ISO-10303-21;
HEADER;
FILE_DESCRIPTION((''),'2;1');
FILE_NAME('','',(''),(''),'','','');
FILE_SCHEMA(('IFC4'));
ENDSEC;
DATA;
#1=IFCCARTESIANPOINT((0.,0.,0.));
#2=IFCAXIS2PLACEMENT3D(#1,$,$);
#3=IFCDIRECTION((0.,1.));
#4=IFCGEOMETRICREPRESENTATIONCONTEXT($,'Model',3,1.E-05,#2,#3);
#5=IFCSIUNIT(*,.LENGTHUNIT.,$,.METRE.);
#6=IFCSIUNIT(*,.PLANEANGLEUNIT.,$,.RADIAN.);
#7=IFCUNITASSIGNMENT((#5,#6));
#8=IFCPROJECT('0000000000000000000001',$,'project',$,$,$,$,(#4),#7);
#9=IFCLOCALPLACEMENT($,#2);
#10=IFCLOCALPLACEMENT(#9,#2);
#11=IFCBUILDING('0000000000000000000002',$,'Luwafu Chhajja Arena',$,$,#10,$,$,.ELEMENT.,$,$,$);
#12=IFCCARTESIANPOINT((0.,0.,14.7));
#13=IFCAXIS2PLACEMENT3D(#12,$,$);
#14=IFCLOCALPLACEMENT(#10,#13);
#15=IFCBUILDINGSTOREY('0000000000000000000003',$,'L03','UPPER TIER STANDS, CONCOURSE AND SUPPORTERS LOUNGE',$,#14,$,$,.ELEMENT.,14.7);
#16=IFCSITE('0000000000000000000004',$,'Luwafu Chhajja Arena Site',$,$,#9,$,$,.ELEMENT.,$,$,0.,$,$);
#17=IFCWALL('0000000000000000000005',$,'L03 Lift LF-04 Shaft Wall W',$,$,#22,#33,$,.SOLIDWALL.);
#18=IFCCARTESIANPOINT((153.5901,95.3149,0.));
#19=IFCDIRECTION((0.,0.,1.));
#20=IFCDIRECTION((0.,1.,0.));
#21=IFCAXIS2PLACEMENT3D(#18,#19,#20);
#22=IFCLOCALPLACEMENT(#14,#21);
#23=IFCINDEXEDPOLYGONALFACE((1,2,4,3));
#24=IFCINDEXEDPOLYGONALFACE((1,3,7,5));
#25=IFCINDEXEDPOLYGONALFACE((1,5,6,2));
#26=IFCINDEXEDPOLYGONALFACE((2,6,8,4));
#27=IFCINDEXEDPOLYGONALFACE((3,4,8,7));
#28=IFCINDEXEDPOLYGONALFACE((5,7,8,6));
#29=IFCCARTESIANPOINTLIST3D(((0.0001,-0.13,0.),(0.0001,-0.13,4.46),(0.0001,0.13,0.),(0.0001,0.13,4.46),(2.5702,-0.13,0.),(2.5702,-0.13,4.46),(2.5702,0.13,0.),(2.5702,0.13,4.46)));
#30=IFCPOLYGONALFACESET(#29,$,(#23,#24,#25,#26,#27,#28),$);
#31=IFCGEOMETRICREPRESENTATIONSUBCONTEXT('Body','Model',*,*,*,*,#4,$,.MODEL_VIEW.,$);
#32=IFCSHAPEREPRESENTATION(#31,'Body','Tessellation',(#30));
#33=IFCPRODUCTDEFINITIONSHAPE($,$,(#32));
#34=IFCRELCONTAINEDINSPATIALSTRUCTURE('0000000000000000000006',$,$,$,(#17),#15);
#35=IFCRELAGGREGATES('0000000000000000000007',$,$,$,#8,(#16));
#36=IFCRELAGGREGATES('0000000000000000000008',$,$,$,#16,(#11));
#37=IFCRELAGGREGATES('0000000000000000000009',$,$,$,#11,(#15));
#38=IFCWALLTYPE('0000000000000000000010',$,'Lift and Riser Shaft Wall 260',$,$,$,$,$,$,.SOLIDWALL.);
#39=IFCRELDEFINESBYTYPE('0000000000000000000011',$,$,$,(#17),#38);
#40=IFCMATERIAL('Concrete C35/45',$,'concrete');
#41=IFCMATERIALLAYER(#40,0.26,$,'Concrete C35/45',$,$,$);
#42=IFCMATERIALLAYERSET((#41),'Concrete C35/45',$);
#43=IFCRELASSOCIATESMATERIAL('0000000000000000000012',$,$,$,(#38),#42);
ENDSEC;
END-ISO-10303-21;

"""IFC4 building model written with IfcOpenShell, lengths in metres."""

from ifc_helpers import new_model, si_unit, direction, frame, frame_2d, origin, place, context, subcontext, project, spatial, rectangle, extrude, material, layer, layer_set, type_object, element, save


model = new_model("IFC4")

# Units and contexts
model_context = context("Model", 3, precision=1e-05, world=origin(), true_north=direction((0.0, 1.0)))
body_context = subcontext(model_context, "Body", "Model", "MODEL_VIEW")
ifc_project = project(units=[si_unit("LENGTHUNIT", "METRE"), si_unit("PLANEANGLEUNIT", "RADIAN")], contexts=[model_context])

# Site, building, storey
site_placement = place(None, origin())
site = spatial("IfcSite", under=ifc_project, at=site_placement, Name="Luwafu Chhajja Arena Site", CompositionType="ELEMENT", RefElevation=0.0)
building_placement = place(site_placement, origin())
building = spatial("IfcBuilding", under=site, at=building_placement, Name="Luwafu Chhajja Arena", CompositionType="ELEMENT")
storey_placement = place(building_placement, frame((0.0, 0.0, 14.7)))
storey = spatial("IfcBuildingStorey", under=building, at=storey_placement, Name="L03", Description="UPPER TIER STANDS, CONCOURSE AND SUPPORTERS LOUNGE", CompositionType="ELEMENT", Elevation=14.7)

# Shared definitions
ifc_material_1 = material(Name="Concrete C35/45", Category="concrete")

# Shared definitions
ifc_layer_1 = layer(ifc_material_1, 0.26, Name="Concrete C35/45")
ifc_layer_set_1 = layer_set([ifc_layer_1], Name="Concrete C35/45")
wall_type_1 = type_object("IfcWallType", Name="Lift and Riser Shaft Wall 260", PredefinedType="SOLIDWALL", material=ifc_layer_set_1)

# Wall
wall_1_placement = place(storey_placement, frame((153.5901, 95.3149, 0.0), z_axis=(0.0, 0.0, 1.0), x_axis=(0.0, 1.0, 0.0)))
element("IfcWall", 1, at=wall_1_placement, inside=storey, type_object=wall_type_1, Name="L03 Lift LF-04 Shaft Wall W", PredefinedType="SOLIDWALL", context=body_context, shape_type="SweptSolid", body=[
    extrude(rectangle(XDim=2.5701, YDim=0.26, at=frame_2d((1.2852, 0.0))), origin(), (0.0, 0.0, 1.0), 4.46),
])

save(model, "model.ifc")
